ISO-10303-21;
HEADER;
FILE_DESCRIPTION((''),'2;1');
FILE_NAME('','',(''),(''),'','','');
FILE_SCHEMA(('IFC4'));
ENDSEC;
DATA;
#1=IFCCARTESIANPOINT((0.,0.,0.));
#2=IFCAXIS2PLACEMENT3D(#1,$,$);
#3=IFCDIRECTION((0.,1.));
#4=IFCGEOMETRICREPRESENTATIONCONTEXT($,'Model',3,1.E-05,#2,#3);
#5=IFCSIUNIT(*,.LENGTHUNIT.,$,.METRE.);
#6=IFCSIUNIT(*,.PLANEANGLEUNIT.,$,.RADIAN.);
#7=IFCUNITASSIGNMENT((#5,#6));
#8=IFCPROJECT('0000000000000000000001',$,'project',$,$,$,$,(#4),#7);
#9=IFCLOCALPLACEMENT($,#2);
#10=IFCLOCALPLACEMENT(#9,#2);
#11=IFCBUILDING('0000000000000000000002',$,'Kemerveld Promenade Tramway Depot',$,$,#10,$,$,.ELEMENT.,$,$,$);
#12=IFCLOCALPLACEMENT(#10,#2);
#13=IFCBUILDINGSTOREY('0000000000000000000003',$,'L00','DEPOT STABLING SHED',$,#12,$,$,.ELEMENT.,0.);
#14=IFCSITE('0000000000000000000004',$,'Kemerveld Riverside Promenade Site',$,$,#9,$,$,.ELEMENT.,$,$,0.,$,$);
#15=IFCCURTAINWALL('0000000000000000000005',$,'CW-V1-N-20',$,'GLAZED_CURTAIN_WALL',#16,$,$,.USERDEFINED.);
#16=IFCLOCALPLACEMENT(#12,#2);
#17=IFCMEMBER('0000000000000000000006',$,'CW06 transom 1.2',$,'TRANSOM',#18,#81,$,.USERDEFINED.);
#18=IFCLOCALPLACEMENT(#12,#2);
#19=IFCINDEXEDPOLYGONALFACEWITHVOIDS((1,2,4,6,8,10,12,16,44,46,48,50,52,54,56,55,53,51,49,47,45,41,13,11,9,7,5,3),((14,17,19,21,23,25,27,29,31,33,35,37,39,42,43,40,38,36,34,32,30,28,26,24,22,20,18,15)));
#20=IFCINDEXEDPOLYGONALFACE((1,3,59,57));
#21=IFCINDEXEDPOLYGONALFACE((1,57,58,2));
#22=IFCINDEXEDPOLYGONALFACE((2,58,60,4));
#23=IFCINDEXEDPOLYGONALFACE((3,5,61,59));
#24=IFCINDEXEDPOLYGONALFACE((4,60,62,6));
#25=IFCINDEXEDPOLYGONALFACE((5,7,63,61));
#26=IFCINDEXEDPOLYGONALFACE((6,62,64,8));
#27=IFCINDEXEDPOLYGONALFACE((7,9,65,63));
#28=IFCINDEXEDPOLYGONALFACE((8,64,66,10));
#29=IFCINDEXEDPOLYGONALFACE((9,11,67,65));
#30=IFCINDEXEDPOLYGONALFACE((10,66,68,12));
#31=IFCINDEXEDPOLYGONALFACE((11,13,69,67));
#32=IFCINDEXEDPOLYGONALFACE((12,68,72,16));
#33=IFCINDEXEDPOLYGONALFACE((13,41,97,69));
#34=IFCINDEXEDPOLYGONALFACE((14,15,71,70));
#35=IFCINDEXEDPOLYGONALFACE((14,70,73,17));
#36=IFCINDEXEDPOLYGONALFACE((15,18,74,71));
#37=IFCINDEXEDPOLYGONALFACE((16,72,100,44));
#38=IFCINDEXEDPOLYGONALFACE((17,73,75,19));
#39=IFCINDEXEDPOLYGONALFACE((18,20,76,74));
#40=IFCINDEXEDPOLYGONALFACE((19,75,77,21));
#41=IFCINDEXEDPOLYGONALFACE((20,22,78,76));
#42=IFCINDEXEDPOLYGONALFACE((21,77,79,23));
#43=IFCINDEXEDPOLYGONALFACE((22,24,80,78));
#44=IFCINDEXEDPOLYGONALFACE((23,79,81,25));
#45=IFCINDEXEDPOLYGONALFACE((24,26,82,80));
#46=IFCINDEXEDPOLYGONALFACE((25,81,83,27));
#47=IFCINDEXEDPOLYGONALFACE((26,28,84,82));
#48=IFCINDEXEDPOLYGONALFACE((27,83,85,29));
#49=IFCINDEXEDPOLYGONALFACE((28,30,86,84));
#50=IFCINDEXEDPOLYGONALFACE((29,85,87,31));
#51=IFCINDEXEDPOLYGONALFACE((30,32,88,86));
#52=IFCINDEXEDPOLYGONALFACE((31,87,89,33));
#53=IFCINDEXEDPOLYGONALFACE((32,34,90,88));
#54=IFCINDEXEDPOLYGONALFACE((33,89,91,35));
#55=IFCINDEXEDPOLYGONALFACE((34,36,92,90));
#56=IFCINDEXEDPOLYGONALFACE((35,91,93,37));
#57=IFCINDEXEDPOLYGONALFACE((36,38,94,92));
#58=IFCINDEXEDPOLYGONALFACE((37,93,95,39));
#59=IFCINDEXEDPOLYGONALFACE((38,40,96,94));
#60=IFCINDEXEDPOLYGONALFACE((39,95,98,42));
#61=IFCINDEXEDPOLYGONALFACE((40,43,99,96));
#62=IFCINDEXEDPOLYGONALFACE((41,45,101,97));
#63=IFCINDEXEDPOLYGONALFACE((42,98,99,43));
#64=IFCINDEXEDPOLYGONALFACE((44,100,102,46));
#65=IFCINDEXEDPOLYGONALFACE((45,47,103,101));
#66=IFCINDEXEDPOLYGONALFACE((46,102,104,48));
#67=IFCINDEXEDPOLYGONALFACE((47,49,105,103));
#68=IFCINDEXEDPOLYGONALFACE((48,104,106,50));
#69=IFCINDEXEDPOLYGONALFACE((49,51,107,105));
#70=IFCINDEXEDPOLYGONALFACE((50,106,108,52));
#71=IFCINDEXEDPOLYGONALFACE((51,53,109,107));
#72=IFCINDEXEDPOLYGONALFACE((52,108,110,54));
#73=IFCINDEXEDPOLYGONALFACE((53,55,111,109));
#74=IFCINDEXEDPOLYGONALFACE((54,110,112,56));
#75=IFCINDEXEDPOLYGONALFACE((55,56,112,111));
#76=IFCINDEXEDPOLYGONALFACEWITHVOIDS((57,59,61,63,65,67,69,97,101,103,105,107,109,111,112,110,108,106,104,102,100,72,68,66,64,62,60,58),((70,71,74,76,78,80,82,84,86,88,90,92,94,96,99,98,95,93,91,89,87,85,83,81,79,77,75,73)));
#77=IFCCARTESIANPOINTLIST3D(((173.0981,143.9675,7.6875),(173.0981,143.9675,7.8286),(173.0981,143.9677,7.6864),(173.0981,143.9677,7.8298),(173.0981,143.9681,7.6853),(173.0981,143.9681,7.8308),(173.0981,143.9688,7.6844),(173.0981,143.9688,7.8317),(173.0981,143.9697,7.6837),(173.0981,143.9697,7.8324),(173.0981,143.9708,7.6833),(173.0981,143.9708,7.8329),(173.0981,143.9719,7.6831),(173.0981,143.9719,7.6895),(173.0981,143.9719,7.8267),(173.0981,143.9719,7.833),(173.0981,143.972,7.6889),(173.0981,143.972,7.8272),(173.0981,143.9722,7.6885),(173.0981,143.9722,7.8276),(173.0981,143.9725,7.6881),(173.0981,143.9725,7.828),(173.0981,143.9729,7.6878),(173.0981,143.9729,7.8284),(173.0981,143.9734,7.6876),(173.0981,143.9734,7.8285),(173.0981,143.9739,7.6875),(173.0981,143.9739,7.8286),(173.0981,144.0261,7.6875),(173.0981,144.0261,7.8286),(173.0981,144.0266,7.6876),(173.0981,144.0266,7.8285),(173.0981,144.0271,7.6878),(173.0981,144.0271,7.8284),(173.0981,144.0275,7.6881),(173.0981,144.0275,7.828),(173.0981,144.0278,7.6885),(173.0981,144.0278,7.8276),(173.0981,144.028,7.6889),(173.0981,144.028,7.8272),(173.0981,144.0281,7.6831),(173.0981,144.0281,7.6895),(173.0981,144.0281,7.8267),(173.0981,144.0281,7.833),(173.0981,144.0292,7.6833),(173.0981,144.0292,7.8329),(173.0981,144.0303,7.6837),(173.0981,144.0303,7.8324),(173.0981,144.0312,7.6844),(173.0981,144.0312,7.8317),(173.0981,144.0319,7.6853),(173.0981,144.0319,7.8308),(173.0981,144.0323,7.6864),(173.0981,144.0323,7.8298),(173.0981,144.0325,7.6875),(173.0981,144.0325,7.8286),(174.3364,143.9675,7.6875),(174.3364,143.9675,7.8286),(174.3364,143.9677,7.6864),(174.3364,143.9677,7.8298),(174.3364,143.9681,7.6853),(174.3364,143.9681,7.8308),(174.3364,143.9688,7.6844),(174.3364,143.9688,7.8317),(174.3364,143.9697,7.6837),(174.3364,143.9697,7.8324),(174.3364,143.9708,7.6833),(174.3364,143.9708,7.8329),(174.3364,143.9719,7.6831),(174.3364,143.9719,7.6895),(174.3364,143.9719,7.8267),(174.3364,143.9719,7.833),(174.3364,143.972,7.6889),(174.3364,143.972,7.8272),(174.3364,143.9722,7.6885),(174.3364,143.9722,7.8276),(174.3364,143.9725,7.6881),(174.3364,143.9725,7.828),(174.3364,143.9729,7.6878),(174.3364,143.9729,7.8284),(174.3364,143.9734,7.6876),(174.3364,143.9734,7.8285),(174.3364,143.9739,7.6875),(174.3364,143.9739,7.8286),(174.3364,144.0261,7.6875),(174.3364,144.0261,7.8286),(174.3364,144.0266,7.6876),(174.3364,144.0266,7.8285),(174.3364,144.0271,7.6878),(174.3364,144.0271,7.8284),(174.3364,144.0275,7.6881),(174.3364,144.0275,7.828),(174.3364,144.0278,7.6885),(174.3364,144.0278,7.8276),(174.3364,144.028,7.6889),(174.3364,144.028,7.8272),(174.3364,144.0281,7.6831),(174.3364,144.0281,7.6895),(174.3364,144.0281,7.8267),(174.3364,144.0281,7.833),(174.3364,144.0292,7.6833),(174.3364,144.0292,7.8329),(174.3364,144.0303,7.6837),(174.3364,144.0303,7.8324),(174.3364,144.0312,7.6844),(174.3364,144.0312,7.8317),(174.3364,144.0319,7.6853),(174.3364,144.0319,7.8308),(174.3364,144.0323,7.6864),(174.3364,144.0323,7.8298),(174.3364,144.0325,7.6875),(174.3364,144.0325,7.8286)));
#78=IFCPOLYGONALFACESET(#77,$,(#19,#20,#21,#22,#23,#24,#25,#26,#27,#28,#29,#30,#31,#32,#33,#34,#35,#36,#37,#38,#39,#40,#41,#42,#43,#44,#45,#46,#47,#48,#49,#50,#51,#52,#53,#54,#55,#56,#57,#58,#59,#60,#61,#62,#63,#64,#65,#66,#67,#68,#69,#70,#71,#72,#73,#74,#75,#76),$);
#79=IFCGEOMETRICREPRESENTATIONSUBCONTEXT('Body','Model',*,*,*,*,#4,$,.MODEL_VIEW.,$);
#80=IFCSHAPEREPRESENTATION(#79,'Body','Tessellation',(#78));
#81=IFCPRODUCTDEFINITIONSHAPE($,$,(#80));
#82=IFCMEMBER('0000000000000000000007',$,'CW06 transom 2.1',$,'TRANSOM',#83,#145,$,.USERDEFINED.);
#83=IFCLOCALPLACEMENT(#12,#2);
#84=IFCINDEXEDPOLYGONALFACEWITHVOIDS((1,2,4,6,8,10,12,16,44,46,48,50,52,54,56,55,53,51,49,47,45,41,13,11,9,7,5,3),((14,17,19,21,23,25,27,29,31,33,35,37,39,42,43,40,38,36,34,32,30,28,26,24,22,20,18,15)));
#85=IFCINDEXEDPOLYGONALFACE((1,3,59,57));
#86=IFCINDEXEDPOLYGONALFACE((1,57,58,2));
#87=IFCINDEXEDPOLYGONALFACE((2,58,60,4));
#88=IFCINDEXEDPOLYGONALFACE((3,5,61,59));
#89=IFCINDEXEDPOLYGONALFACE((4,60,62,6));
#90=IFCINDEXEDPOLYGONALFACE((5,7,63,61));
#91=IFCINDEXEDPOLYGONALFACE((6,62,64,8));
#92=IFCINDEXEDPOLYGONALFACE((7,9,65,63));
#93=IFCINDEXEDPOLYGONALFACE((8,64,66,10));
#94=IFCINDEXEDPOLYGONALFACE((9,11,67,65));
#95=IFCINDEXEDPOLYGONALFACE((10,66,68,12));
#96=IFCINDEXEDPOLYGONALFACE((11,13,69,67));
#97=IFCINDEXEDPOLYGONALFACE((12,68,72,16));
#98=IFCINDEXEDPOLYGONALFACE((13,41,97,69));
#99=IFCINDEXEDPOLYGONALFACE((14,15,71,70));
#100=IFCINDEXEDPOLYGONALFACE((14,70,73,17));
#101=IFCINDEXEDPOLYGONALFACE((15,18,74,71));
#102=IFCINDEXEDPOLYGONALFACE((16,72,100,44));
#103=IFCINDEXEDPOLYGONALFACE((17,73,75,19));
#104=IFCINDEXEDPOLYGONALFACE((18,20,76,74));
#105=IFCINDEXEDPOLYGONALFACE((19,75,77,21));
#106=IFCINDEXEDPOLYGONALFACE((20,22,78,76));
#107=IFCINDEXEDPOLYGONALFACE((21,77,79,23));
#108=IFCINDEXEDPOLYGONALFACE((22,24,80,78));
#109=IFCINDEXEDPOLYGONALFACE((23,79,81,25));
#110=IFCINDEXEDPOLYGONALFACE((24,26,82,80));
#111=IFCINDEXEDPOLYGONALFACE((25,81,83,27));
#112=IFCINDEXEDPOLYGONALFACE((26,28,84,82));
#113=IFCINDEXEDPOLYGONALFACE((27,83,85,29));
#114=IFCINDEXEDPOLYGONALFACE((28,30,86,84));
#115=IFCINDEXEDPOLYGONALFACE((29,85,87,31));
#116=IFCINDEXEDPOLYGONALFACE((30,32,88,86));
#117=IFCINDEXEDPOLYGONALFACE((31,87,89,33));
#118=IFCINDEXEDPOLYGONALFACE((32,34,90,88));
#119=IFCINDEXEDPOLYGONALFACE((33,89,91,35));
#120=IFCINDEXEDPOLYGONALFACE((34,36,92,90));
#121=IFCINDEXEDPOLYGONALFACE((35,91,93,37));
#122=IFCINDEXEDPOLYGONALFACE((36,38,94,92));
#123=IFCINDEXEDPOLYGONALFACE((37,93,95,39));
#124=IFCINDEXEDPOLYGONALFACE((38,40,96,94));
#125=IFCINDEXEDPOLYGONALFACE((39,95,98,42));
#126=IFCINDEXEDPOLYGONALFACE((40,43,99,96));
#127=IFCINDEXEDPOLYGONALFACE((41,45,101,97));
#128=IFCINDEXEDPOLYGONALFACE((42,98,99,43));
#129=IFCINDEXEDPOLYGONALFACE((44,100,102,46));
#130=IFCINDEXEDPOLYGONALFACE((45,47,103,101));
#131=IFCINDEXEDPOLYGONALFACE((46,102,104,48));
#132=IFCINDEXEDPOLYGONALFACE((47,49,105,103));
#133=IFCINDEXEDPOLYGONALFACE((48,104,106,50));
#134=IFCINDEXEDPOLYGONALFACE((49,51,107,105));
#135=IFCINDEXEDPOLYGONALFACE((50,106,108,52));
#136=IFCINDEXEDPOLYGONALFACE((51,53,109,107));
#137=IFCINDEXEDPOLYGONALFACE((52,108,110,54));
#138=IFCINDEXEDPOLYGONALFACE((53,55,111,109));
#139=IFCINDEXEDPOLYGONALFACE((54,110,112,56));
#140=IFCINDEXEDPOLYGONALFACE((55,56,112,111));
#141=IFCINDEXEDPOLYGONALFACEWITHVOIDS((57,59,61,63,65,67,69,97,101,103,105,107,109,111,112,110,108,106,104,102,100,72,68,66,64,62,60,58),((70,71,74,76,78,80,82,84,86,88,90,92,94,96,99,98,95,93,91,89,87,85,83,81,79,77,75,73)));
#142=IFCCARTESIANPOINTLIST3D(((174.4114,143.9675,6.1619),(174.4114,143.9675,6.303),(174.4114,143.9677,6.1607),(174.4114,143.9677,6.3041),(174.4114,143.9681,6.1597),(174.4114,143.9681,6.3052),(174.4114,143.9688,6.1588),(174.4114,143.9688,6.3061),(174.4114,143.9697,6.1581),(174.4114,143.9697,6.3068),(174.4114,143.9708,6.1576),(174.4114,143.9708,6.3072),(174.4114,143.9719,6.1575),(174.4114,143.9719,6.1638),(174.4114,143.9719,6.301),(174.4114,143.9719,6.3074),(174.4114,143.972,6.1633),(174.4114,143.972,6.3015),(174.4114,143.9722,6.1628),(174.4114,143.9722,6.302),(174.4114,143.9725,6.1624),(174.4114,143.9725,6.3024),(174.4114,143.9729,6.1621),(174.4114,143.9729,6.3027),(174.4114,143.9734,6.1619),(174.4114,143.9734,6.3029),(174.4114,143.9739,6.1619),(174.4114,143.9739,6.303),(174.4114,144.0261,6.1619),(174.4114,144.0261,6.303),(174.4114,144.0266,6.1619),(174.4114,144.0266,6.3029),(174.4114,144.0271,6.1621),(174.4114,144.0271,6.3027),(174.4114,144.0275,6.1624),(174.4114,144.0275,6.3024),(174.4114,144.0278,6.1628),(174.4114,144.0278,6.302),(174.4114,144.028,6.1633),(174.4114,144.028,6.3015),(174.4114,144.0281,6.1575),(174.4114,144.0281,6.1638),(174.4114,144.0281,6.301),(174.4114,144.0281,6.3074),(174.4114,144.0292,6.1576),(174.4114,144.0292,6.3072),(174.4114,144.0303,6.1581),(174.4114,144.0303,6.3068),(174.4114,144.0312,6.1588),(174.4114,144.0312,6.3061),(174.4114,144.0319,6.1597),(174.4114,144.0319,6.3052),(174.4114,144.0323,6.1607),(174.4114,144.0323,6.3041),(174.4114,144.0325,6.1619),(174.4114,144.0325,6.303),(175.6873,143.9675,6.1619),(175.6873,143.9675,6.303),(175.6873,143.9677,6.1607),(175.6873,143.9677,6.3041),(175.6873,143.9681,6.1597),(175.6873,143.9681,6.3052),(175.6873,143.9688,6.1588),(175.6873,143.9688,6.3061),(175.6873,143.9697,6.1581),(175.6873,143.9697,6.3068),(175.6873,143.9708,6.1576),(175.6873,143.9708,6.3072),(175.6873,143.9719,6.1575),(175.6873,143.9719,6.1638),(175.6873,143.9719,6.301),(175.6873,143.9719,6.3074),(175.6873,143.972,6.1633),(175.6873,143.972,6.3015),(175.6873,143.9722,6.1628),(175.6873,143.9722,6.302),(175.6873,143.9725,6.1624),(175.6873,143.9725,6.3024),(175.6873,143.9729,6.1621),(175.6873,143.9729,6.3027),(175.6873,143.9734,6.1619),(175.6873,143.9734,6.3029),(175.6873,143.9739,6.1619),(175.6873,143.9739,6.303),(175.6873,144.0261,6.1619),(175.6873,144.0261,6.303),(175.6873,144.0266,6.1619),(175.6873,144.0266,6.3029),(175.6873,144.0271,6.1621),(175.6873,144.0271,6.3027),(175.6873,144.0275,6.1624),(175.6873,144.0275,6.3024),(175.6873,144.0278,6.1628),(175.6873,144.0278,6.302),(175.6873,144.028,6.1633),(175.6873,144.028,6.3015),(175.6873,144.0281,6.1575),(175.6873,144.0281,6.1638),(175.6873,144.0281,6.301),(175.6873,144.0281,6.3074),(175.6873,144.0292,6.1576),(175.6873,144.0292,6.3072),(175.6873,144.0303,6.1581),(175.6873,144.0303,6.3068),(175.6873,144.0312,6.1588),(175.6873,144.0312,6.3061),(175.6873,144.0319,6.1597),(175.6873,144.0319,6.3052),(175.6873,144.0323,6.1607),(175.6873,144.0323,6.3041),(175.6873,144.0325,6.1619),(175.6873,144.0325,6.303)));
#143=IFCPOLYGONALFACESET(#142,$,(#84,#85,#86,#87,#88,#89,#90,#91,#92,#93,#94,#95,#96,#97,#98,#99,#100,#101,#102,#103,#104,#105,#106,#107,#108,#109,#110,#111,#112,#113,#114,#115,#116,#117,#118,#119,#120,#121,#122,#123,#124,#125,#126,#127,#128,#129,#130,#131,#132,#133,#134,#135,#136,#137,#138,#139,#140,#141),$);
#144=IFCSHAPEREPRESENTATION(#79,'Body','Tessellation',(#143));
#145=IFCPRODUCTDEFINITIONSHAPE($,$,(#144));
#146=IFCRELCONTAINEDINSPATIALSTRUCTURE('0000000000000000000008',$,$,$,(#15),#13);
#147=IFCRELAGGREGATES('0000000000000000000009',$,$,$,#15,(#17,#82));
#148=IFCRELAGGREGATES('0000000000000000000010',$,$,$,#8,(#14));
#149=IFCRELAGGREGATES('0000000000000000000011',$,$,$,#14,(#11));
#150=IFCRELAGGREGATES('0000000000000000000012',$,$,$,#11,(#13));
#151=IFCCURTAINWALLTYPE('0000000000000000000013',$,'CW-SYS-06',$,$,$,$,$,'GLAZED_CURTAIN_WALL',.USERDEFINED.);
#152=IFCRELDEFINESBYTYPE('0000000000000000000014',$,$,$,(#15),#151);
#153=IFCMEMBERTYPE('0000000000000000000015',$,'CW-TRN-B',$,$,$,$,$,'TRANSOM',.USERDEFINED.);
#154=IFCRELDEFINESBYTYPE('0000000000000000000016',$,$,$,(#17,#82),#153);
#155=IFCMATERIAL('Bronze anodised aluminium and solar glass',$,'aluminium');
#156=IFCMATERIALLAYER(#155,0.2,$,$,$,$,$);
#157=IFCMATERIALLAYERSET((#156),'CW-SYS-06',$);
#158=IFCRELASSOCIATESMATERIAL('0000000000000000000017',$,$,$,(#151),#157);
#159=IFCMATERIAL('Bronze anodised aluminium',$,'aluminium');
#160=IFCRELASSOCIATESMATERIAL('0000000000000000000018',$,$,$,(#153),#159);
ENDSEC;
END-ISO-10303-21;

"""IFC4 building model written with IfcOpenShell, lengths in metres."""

from ifc_helpers import new_model, si_unit, direction, frame, origin, origin_2d, place, context, subcontext, project, spatial, hollow_rectangle, extrude, material, layer, layer_set, material_profile, profile_set, type_object, element, aggregate, save


model = new_model("IFC4")

# Units and contexts
model_context = context("Model", 3, precision=1e-05, world=origin(), true_north=direction((0.0, 1.0)))
body_context = subcontext(model_context, "Body", "Model", "MODEL_VIEW")
ifc_project = project(units=[si_unit("LENGTHUNIT", "METRE"), si_unit("PLANEANGLEUNIT", "RADIAN")], contexts=[model_context])

# Site, building, storey
site_placement = place(None, origin())
site = spatial("IfcSite", under=ifc_project, at=site_placement, Name="Kemerveld Riverside Promenade Site", CompositionType="ELEMENT", RefElevation=0.0)
building_placement = place(site_placement, origin())
building = spatial("IfcBuilding", under=site, at=building_placement, Name="Kemerveld Promenade Tramway Depot", CompositionType="ELEMENT")
storey_placement = place(building_placement, origin())
storey = spatial("IfcBuildingStorey", under=building, at=storey_placement, Name="L00", Description="DEPOT STABLING SHED", CompositionType="ELEMENT", Elevation=0.0)

# Curtain wall
ifc_material_1 = material(Name="Bronze anodised aluminium and solar glass", Category="aluminium")
ifc_material_2 = material(Name="Bronze anodised aluminium", Category="aluminium")
ifc_layer_1 = layer(ifc_material_1, 0.2)
ifc_layer_set_1 = layer_set([ifc_layer_1], Name="CW-SYS-06")
curtain_wall_type_1 = type_object("IfcCurtainWallType", Name="CW-SYS-06", ElementType="GLAZED_CURTAIN_WALL", PredefinedType="USERDEFINED", material=ifc_layer_set_1)
curtain_wall_1_placement = place(storey_placement, origin())
curtain_wall_1 = element("IfcCurtainWall", 1, at=curtain_wall_1_placement, inside=storey, type_object=curtain_wall_type_1, Name="CW-V1-N-20", ObjectType="GLAZED_CURTAIN_WALL", PredefinedType="USERDEFINED")

# Members
ifc_material_profile_1 = material_profile(ifc_material_2, hollow_rectangle(XDim=0.0649, YDim=0.1499, WallThickness=0.0044, InnerFilletRadius=0.002, OuterFilletRadius=0.0044, at=origin_2d()), Name="CW-TRN-150x65")
ifc_profile_set_1 = profile_set([ifc_material_profile_1], Name="Bronze anodised aluminium")
member_type_1 = type_object("IfcMemberType", Name="CW-TRN-B", ElementType="TRANSOM", PredefinedType="USERDEFINED", material=ifc_profile_set_1)
member_1_placement = place(storey_placement, frame((173.0981, 144.0, 7.7581), z_axis=(1.0, 0.0, 0.0), x_axis=(0.0, 1.0, 0.0)))
member_1 = element("IfcMember", 2, at=member_1_placement, type_object=member_type_1, Name="CW06 transom 1.2", ObjectType="TRANSOM", PredefinedType="USERDEFINED", context=body_context, shape_type="SweptSolid", body=[
    extrude(hollow_rectangle(XDim=0.0649, YDim=0.1499, WallThickness=0.0044, InnerFilletRadius=0.002, OuterFilletRadius=0.0044, at=origin_2d()), origin(), (0.0, 0.0, 1.0), 1.2383),
])
member_2_placement = place(storey_placement, frame((174.4114, 144.0, 6.2324), z_axis=(1.0, 0.0, 0.0), x_axis=(0.0, 1.0, 0.0)))
member_2 = element("IfcMember", 3, at=member_2_placement, type_object=member_type_1, Name="CW06 transom 2.1", ObjectType="TRANSOM", PredefinedType="USERDEFINED", context=body_context, shape_type="SweptSolid", body=[
    extrude(hollow_rectangle(XDim=0.0649, YDim=0.1499, WallThickness=0.0044, InnerFilletRadius=0.002, OuterFilletRadius=0.0044, at=origin_2d()), origin(), (0.0, 0.0, 1.0), 1.2759),
])

aggregate(curtain_wall_1, [member_1, member_2])

save(model, "model.ifc")
